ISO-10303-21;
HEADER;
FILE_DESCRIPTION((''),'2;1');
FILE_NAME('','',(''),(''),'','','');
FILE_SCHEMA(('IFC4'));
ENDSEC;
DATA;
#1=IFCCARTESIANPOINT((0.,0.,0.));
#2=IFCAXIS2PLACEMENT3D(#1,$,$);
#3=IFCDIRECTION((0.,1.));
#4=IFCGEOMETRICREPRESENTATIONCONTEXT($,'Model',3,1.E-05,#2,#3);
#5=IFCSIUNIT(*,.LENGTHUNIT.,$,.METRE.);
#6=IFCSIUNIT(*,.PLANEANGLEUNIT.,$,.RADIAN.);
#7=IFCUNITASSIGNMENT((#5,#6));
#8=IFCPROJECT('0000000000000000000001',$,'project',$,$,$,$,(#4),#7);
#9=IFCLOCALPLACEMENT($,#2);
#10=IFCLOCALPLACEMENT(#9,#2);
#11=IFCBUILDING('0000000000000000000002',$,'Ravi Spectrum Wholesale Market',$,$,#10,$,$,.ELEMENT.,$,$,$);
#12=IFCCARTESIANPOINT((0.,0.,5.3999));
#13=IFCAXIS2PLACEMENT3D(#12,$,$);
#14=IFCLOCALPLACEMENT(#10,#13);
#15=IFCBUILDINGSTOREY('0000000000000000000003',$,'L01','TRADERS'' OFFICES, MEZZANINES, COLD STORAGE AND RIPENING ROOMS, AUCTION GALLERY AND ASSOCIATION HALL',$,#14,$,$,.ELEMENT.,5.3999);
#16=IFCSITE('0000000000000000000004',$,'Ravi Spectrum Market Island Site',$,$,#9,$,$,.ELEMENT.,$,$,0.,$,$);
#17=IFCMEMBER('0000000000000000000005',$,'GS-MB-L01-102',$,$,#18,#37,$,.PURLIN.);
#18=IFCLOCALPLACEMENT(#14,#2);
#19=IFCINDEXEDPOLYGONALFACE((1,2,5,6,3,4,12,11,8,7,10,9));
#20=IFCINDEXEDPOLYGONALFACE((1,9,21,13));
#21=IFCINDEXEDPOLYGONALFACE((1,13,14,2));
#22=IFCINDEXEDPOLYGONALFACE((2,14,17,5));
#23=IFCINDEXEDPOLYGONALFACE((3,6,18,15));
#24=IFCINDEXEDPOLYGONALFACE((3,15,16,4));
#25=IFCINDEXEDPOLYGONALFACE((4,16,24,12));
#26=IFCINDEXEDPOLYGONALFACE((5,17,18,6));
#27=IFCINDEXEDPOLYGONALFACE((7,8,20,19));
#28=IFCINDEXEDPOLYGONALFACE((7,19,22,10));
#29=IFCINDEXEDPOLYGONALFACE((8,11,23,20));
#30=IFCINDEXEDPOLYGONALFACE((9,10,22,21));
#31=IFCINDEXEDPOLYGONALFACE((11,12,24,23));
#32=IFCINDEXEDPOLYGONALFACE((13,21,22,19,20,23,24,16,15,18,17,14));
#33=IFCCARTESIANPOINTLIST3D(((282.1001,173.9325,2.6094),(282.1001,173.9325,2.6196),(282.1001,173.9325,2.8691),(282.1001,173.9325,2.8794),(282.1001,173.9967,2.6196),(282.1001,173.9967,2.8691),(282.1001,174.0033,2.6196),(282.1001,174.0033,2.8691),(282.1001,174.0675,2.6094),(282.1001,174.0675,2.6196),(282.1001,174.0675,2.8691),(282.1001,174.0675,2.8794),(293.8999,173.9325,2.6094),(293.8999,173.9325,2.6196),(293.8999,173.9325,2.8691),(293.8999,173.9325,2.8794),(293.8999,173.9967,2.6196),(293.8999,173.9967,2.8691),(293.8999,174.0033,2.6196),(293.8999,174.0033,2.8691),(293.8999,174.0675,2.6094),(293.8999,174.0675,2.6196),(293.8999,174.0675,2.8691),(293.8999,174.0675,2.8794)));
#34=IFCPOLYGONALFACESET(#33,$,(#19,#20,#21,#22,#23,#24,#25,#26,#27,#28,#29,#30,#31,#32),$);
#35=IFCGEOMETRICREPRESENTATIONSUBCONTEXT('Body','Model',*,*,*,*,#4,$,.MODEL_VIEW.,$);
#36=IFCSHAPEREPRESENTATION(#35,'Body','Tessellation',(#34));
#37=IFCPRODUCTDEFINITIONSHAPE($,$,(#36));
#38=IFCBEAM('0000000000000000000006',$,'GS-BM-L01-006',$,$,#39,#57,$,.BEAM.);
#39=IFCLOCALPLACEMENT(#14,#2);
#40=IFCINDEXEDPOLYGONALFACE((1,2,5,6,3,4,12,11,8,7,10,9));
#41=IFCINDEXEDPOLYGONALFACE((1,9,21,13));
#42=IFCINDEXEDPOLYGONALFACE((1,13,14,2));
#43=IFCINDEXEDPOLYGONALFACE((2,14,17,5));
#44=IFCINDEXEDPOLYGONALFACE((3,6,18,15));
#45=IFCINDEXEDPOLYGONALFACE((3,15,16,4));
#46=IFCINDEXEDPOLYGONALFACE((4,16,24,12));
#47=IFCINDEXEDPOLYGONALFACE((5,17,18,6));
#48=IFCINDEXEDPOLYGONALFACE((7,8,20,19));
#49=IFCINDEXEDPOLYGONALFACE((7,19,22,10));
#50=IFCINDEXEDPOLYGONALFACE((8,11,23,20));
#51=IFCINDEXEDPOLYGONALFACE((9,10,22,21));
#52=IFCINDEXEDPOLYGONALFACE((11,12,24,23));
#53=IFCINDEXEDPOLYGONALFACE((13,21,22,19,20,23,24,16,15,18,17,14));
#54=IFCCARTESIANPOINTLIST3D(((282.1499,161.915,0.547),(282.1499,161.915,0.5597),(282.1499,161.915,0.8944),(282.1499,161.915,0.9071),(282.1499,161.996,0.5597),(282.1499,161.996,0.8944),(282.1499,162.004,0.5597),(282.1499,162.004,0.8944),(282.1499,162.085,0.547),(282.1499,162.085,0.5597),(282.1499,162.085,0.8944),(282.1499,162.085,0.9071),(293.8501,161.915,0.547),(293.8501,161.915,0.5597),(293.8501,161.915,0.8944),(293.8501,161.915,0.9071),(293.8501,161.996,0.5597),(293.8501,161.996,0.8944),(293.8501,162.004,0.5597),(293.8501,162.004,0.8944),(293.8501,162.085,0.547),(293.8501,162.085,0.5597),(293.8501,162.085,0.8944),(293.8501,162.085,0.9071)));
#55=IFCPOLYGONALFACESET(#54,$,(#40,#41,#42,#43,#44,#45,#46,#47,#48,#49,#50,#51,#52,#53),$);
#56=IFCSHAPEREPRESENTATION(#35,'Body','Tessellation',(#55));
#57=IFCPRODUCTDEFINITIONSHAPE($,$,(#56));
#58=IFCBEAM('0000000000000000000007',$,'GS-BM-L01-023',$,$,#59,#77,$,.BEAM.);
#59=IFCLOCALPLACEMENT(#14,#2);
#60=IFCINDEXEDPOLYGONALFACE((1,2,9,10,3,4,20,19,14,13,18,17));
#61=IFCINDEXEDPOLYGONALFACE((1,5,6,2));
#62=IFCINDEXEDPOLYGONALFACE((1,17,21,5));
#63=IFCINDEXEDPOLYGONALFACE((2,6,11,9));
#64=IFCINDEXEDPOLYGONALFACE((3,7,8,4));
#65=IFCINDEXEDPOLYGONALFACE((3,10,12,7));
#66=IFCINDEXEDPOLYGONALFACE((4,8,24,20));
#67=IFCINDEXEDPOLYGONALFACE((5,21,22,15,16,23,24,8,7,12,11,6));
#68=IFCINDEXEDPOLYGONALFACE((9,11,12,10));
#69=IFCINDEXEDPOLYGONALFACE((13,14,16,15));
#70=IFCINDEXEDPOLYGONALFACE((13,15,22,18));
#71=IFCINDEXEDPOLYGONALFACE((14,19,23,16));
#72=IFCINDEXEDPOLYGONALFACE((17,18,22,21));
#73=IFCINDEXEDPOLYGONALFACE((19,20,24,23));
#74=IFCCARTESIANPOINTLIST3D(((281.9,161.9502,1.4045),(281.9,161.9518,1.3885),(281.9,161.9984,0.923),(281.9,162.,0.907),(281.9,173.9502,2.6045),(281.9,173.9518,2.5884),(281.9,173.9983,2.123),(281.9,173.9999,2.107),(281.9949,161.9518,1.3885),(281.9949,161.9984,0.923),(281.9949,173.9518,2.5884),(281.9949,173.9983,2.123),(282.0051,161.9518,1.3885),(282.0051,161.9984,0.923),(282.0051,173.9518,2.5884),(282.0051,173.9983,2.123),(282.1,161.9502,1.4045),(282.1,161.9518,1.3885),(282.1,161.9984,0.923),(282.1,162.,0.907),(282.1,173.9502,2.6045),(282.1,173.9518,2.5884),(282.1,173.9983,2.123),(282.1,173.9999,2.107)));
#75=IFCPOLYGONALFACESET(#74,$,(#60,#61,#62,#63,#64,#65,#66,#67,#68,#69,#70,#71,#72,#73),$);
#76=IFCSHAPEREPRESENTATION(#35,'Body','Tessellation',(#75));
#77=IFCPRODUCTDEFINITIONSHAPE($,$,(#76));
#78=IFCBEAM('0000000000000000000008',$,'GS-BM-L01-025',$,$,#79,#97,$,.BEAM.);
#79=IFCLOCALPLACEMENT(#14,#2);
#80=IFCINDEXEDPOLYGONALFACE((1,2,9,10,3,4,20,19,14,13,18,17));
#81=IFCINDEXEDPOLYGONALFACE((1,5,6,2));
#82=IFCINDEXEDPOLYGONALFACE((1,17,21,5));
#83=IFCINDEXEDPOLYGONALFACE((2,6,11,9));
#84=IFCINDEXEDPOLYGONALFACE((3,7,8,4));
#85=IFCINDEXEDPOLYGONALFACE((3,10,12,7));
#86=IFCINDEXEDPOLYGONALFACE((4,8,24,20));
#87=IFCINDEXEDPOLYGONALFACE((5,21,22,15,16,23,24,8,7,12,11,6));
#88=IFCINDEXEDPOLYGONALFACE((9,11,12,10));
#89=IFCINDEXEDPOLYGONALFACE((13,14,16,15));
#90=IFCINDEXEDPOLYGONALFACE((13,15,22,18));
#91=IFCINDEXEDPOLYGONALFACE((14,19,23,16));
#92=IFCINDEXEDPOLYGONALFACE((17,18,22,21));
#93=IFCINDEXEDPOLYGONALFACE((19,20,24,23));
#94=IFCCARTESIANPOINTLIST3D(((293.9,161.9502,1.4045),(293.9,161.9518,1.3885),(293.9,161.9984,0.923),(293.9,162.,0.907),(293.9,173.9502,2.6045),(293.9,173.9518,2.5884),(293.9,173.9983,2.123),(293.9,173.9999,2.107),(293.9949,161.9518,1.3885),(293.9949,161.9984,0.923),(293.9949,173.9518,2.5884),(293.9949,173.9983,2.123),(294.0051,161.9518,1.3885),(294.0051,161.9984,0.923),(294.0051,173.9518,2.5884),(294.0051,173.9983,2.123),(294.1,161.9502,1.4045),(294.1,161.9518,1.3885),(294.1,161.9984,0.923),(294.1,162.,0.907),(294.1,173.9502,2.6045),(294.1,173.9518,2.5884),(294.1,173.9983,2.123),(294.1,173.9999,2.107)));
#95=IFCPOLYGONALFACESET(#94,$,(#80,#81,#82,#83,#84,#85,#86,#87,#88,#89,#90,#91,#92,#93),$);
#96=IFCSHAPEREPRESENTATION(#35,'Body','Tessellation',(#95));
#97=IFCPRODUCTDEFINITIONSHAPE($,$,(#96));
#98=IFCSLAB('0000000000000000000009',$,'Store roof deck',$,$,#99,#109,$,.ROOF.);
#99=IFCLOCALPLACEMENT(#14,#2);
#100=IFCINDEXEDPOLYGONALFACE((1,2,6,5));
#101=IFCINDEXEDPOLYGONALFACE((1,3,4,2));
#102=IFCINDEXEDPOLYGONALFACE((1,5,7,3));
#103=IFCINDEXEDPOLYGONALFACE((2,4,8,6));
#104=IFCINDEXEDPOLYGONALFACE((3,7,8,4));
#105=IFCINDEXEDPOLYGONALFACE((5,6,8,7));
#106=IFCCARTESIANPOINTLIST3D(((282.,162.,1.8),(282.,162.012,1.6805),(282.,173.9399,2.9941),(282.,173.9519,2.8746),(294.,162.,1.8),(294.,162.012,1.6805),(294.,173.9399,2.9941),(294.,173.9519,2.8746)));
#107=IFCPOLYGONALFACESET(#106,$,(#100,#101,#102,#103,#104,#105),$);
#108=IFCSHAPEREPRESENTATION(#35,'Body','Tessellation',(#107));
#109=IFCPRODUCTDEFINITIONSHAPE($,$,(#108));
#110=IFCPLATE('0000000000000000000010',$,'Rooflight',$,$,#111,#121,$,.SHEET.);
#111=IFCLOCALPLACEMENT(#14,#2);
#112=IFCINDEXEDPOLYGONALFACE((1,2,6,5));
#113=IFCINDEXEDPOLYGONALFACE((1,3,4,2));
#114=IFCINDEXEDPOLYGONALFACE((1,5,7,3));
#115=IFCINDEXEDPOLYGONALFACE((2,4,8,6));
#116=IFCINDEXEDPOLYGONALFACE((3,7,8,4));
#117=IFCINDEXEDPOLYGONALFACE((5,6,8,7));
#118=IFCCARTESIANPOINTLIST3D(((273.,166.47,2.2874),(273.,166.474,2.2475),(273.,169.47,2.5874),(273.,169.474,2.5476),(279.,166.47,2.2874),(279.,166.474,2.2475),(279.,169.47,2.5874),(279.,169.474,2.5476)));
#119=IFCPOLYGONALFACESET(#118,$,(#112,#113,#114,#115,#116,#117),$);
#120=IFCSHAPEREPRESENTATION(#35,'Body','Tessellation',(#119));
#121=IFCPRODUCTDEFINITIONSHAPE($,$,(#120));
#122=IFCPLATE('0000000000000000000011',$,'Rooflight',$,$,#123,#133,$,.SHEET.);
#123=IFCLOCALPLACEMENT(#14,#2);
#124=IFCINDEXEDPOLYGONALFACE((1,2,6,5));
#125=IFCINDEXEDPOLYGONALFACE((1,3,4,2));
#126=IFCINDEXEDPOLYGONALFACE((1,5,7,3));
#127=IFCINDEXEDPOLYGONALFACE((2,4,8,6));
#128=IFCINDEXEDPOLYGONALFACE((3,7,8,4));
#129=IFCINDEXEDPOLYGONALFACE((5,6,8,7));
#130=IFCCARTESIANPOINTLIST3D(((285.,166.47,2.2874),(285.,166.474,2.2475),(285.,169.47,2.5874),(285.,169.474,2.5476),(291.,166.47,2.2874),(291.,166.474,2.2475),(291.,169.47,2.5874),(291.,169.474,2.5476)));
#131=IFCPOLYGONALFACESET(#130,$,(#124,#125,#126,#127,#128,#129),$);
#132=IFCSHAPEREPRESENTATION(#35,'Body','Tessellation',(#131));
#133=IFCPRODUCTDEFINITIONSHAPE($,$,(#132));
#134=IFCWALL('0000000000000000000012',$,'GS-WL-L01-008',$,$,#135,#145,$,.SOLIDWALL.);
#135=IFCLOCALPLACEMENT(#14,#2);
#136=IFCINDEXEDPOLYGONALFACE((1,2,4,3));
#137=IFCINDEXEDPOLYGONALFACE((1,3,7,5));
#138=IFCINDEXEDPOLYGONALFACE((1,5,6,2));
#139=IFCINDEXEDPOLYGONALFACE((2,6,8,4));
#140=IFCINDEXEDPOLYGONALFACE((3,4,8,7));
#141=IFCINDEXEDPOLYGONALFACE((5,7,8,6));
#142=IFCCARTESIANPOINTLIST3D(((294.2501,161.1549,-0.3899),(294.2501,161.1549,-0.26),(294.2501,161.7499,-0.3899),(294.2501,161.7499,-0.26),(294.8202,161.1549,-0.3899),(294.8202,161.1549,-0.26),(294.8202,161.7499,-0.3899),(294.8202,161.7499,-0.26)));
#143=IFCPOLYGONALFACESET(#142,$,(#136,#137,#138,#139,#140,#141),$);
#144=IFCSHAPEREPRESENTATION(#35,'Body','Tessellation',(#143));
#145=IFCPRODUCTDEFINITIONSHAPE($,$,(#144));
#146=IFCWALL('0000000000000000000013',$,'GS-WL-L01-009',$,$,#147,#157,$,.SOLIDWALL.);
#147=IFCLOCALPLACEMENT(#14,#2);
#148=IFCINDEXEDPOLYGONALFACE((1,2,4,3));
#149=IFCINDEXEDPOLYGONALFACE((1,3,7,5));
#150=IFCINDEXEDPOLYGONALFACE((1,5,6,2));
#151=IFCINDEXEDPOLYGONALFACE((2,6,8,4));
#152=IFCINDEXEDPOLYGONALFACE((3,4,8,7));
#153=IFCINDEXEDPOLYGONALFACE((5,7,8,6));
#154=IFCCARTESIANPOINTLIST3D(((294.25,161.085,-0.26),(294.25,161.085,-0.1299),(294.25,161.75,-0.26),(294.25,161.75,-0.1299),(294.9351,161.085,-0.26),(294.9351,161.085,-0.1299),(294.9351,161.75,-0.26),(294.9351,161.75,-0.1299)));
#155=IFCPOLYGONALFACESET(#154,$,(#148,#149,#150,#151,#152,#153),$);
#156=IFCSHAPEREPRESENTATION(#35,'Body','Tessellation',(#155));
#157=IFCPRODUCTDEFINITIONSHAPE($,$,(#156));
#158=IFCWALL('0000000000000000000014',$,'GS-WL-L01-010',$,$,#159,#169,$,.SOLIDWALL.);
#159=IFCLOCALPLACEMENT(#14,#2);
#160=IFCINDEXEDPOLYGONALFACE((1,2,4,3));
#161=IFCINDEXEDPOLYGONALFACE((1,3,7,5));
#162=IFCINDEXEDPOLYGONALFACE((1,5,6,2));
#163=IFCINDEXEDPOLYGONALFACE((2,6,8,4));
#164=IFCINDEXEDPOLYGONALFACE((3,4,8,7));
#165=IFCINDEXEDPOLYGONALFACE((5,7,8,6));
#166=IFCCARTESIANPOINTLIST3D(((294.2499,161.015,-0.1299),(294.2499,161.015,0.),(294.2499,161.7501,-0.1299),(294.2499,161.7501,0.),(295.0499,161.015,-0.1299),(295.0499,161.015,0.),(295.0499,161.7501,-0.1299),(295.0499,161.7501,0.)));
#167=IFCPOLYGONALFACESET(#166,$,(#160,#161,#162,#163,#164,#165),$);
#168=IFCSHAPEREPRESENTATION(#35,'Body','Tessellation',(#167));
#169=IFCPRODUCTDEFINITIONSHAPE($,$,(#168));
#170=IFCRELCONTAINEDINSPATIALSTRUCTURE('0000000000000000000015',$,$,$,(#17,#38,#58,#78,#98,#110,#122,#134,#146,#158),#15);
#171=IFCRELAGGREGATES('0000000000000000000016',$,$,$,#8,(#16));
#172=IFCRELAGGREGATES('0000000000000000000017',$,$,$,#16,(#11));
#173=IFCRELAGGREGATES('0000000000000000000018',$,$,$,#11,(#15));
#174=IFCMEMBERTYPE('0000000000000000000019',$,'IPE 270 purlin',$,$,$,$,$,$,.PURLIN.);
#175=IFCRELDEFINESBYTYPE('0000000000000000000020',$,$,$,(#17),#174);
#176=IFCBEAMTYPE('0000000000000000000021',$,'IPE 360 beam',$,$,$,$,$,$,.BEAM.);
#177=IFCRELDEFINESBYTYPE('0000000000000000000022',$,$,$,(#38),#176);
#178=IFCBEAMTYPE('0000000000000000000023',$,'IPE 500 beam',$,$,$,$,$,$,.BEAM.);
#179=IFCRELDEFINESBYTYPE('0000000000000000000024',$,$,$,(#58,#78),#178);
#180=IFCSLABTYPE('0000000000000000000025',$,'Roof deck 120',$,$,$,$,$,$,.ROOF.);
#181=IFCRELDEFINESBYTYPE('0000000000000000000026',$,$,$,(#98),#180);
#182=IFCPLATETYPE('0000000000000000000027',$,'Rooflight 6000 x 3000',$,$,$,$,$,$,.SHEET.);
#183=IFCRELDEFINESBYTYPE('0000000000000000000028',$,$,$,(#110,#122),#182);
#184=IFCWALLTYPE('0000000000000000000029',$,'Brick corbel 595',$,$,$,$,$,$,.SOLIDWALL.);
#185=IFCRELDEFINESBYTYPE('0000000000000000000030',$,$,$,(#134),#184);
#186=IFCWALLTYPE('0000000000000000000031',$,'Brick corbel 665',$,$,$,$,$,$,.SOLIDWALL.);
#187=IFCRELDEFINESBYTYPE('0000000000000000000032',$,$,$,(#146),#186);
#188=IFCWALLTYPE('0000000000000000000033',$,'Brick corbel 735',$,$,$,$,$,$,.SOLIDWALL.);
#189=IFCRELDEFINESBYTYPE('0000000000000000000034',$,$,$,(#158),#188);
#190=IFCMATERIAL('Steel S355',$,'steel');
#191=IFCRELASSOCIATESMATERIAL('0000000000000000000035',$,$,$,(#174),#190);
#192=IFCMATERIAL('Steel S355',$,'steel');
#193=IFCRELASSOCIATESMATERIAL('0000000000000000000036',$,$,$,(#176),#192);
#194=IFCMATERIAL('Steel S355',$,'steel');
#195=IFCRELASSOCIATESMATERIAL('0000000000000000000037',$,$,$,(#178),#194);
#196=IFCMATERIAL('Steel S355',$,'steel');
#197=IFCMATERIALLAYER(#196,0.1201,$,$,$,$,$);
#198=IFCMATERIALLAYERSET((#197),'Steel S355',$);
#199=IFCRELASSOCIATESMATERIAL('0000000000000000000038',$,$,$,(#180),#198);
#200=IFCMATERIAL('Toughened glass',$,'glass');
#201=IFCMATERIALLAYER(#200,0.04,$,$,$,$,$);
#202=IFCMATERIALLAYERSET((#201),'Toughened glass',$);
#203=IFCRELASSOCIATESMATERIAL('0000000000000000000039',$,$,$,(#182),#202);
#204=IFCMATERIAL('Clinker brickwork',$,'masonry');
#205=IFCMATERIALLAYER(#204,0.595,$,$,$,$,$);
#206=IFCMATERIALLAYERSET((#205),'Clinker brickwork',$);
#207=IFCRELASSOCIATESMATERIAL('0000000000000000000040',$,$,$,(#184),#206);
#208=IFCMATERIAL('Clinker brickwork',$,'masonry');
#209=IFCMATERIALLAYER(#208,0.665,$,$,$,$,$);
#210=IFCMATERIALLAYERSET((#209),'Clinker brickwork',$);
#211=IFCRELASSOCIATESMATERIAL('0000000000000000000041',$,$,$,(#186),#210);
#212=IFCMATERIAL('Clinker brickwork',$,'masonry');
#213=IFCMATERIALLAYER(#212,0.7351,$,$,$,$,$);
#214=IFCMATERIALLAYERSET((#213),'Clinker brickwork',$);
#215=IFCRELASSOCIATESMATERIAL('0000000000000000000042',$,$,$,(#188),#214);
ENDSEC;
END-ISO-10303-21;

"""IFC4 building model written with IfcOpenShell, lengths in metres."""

from ifc_helpers import new_model, si_unit, direction, frame, frame_2d, origin, origin_2d, place, context, subcontext, project, spatial, polyline, rectangle, i_section, outline, extrude, material, layer, layer_set, material_profile, profile_set, type_object, element, save


model = new_model("IFC4")

# Units and contexts
model_context = context("Model", 3, precision=1e-05, world=origin(), true_north=direction((0.0, 1.0)))
body_context = subcontext(model_context, "Body", "Model", "MODEL_VIEW")
ifc_project = project(units=[si_unit("LENGTHUNIT", "METRE"), si_unit("PLANEANGLEUNIT", "RADIAN")], contexts=[model_context])

# Site, building, storey
site_placement = place(None, origin())
site = spatial("IfcSite", under=ifc_project, at=site_placement, Name="Ravi Spectrum Market Island Site", CompositionType="ELEMENT", RefElevation=0.0)
building_placement = place(site_placement, origin())
building = spatial("IfcBuilding", under=site, at=building_placement, Name="Ravi Spectrum Wholesale Market", CompositionType="ELEMENT")
storey_placement = place(building_placement, frame((0.0, 0.0, 5.3999)))
storey = spatial("IfcBuildingStorey", under=building, at=storey_placement, Name="L01", Description="TRADERS' OFFICES, MEZZANINES, COLD STORAGE AND RIPENING ROOMS, AUCTION GALLERY AND ASSOCIATION HALL", CompositionType="ELEMENT", Elevation=5.3999)

# Member
ifc_material_1 = material(Name="Steel S355", Category="steel")
ifc_material_profile_1 = material_profile(ifc_material_1, i_section(OverallWidth=0.135, OverallDepth=0.27, WebThickness=0.0066, FlangeThickness=0.0103, at=origin_2d()))
ifc_profile_set_1 = profile_set([ifc_material_profile_1], Name="Steel S355")
member_type = type_object("IfcMemberType", Name="IPE 270 purlin", PredefinedType="PURLIN", material=ifc_profile_set_1)
for number, where, z_axis, x_axis, name in (
    (1, (282.1001, 174.0, 2.7444), (1.0, 0.0, 0.0), (0.0, 1.0, 0.0), "GS-MB-L01-102"),
):
    element("IfcMember", number, at=place(storey_placement, frame(where, z_axis=z_axis, x_axis=x_axis)), inside=storey, type_object=member_type, Name=name, PredefinedType="PURLIN", context=body_context, shape_type="SweptSolid", body=[
        extrude(i_section(OverallWidth=0.135, OverallDepth=0.27, WebThickness=0.0066, FlangeThickness=0.0103, at=origin_2d()), origin(), (0.0, 0.0, 1.0), 11.7998),
    ])

# Beams
ifc_material_2 = material(Name="Steel S355", Category="steel")
ifc_material_profile_2 = material_profile(ifc_material_2, i_section(OverallWidth=0.1699, OverallDepth=0.3601, WebThickness=0.0081, FlangeThickness=0.0127, at=origin_2d()))
ifc_profile_set_2 = profile_set([ifc_material_profile_2], Name="Steel S355")
beam_type_1 = type_object("IfcBeamType", Name="IPE 360 beam", PredefinedType="BEAM", material=ifc_profile_set_2)
beam_placement = place(storey_placement, frame((282.1499, 162.0, 0.7271), z_axis=(1.0, 0.0, 0.0), x_axis=(0.0, 1.0, 0.0)))
element("IfcBeam", 2, at=beam_placement, inside=storey, type_object=beam_type_1, Name="GS-BM-L01-006", PredefinedType="BEAM", context=body_context, shape_type="SweptSolid", body=[
    extrude(i_section(OverallWidth=0.1699, OverallDepth=0.3601, WebThickness=0.0081, FlangeThickness=0.0127, at=origin_2d()), origin(), (0.0, 0.0, 1.0), 11.7002),
])
ifc_material_3 = material(Name="Steel S355", Category="steel")
ifc_material_profile_3 = material_profile(ifc_material_3, i_section(OverallWidth=0.2, OverallDepth=0.5, WebThickness=0.0103, FlangeThickness=0.0161, at=origin_2d()))
ifc_profile_set_3 = profile_set([ifc_material_profile_3], Name="Steel S355")
beam_type_2 = type_object("IfcBeamType", Name="IPE 500 beam", PredefinedType="BEAM", material=ifc_profile_set_3)
for number, where, z_axis, x_axis, name in (
    (3, (282.0, 161.9751, 1.1558), (0.0, 0.995038, 0.0995), (-1.0, 0.0, 0.0), "GS-BM-L01-023"),
    (4, (294.0, 161.9751, 1.1558), (0.0, 0.995038, 0.0995), (-1.0, 0.0, 0.0), "GS-BM-L01-025"),
):
    element("IfcBeam", number, at=place(storey_placement, frame(where, z_axis=z_axis, x_axis=x_axis)), inside=storey, type_object=beam_type_2, Name=name, PredefinedType="BEAM", context=body_context, shape_type="SweptSolid", body=[
        extrude(i_section(OverallWidth=0.2, OverallDepth=0.5, WebThickness=0.0103, FlangeThickness=0.0161, at=origin_2d()), origin(), (0.0, 0.0, 1.0), 12.0598),
    ])

# Slab
ifc_material_4 = material(Name="Steel S355", Category="steel")
ifc_layer_1 = layer(ifc_material_4, 0.1201)
ifc_layer_set_1 = layer_set([ifc_layer_1], Name="Steel S355")
slab_type = type_object("IfcSlabType", Name="Roof deck 120", PredefinedType="ROOF", material=ifc_layer_set_1)
slab_placement = place(storey_placement, frame((282.0, 162.0, 1.8), z_axis=(0.0, -0.099512, 0.995036), x_axis=(1.0, 0.0, 0.0)))
element("IfcSlab", 5, at=slab_placement, inside=storey, type_object=slab_type, Name="Store roof deck", PredefinedType="ROOF", context=body_context, shape_type="SweptSolid", body=[
    extrude(outline(polyline([(0.0, 0.0), (12.0, 0.0), (12.0, 11.9995), (0.0, 11.9995), (0.0, 0.0)])), origin(), (0.0, 0.0, -1.0), 0.1201),
])

# Plates
ifc_material_5 = material(Name="Toughened glass", Category="glass")
ifc_layer_2 = layer(ifc_material_5, 0.04)
ifc_layer_set_2 = layer_set([ifc_layer_2], Name="Toughened glass")
plate_type = type_object("IfcPlateType", Name="Rooflight 6000 x 3000", PredefinedType="SHEET", material=ifc_layer_set_2)
for number, where, z_axis, x_axis, name in (
    (6, (273.0, 166.47, 2.2874), (0.0, -0.09952, 0.995036), (1.0, 0.0, 0.0), "Rooflight"),
    (7, (285.0, 166.47, 2.2874), (0.0, -0.09952, 0.995036), (1.0, 0.0, 0.0), "Rooflight"),
):
    element("IfcPlate", number, at=place(storey_placement, frame(where, z_axis=z_axis, x_axis=x_axis)), inside=storey, type_object=plate_type, Name=name, PredefinedType="SHEET", context=body_context, shape_type="SweptSolid", body=[
        extrude(outline(polyline([(0.0, 0.0), (6.0, 0.0), (6.0, 3.015), (0.0, 3.015), (0.0, 0.0)])), origin(), (0.0, 0.0, -1.0), 0.04),
    ])

# Walls
ifc_material_6 = material(Name="Clinker brickwork", Category="masonry")
ifc_layer_3 = layer(ifc_material_6, 0.595)
ifc_layer_set_3 = layer_set([ifc_layer_3], Name="Clinker brickwork")
wall_type_1 = type_object("IfcWallType", Name="Brick corbel 595", PredefinedType="SOLIDWALL", material=ifc_layer_set_3)
wall_1_placement = place(storey_placement, frame((294.25, 161.4524, -0.3899), z_axis=(0.0, 0.0, 1.0), x_axis=(1.0, 0.0, 0.0)))
element("IfcWall", 8, at=wall_1_placement, inside=storey, type_object=wall_type_1, Name="GS-WL-L01-008", PredefinedType="SOLIDWALL", context=body_context, shape_type="SweptSolid", body=[
    extrude(rectangle(XDim=0.5701, YDim=0.595, at=frame_2d((0.2852, 0.0))), origin(), (0.0, 0.0, 1.0), 0.1299),
])
ifc_material_7 = material(Name="Clinker brickwork", Category="masonry")
ifc_layer_4 = layer(ifc_material_7, 0.665)
ifc_layer_set_4 = layer_set([ifc_layer_4], Name="Clinker brickwork")
wall_type_2 = type_object("IfcWallType", Name="Brick corbel 665", PredefinedType="SOLIDWALL", material=ifc_layer_set_4)
wall_2_placement = place(storey_placement, frame((294.25, 161.4175, -0.26), z_axis=(0.0, 0.0, 1.0), x_axis=(1.0, 0.0, 0.0)))
element("IfcWall", 9, at=wall_2_placement, inside=storey, type_object=wall_type_2, Name="GS-WL-L01-009", PredefinedType="SOLIDWALL", context=body_context, shape_type="SweptSolid", body=[
    extrude(rectangle(XDim=0.6851, YDim=0.665, at=frame_2d((0.3425, 0.0))), origin(), (0.0, 0.0, 1.0), 0.1301),
])
ifc_material_8 = material(Name="Clinker brickwork", Category="masonry")
ifc_layer_5 = layer(ifc_material_8, 0.7351)
ifc_layer_set_5 = layer_set([ifc_layer_5], Name="Clinker brickwork")
wall_type_3 = type_object("IfcWallType", Name="Brick corbel 735", PredefinedType="SOLIDWALL", material=ifc_layer_set_5)
wall_3_placement = place(storey_placement, frame((294.25, 161.3826, -0.1299), z_axis=(0.0, 0.0, 1.0), x_axis=(1.0, 0.0, 0.0)))
element("IfcWall", 10, at=wall_3_placement, inside=storey, type_object=wall_type_3, Name="GS-WL-L01-010", PredefinedType="SOLIDWALL", context=body_context, shape_type="SweptSolid", body=[
    extrude(rectangle(XDim=0.8, YDim=0.7351, at=frame_2d((0.3999, 0.0))), origin(), (0.0, 0.0, 1.0), 0.1299),
])

save(model, "model.ifc")
